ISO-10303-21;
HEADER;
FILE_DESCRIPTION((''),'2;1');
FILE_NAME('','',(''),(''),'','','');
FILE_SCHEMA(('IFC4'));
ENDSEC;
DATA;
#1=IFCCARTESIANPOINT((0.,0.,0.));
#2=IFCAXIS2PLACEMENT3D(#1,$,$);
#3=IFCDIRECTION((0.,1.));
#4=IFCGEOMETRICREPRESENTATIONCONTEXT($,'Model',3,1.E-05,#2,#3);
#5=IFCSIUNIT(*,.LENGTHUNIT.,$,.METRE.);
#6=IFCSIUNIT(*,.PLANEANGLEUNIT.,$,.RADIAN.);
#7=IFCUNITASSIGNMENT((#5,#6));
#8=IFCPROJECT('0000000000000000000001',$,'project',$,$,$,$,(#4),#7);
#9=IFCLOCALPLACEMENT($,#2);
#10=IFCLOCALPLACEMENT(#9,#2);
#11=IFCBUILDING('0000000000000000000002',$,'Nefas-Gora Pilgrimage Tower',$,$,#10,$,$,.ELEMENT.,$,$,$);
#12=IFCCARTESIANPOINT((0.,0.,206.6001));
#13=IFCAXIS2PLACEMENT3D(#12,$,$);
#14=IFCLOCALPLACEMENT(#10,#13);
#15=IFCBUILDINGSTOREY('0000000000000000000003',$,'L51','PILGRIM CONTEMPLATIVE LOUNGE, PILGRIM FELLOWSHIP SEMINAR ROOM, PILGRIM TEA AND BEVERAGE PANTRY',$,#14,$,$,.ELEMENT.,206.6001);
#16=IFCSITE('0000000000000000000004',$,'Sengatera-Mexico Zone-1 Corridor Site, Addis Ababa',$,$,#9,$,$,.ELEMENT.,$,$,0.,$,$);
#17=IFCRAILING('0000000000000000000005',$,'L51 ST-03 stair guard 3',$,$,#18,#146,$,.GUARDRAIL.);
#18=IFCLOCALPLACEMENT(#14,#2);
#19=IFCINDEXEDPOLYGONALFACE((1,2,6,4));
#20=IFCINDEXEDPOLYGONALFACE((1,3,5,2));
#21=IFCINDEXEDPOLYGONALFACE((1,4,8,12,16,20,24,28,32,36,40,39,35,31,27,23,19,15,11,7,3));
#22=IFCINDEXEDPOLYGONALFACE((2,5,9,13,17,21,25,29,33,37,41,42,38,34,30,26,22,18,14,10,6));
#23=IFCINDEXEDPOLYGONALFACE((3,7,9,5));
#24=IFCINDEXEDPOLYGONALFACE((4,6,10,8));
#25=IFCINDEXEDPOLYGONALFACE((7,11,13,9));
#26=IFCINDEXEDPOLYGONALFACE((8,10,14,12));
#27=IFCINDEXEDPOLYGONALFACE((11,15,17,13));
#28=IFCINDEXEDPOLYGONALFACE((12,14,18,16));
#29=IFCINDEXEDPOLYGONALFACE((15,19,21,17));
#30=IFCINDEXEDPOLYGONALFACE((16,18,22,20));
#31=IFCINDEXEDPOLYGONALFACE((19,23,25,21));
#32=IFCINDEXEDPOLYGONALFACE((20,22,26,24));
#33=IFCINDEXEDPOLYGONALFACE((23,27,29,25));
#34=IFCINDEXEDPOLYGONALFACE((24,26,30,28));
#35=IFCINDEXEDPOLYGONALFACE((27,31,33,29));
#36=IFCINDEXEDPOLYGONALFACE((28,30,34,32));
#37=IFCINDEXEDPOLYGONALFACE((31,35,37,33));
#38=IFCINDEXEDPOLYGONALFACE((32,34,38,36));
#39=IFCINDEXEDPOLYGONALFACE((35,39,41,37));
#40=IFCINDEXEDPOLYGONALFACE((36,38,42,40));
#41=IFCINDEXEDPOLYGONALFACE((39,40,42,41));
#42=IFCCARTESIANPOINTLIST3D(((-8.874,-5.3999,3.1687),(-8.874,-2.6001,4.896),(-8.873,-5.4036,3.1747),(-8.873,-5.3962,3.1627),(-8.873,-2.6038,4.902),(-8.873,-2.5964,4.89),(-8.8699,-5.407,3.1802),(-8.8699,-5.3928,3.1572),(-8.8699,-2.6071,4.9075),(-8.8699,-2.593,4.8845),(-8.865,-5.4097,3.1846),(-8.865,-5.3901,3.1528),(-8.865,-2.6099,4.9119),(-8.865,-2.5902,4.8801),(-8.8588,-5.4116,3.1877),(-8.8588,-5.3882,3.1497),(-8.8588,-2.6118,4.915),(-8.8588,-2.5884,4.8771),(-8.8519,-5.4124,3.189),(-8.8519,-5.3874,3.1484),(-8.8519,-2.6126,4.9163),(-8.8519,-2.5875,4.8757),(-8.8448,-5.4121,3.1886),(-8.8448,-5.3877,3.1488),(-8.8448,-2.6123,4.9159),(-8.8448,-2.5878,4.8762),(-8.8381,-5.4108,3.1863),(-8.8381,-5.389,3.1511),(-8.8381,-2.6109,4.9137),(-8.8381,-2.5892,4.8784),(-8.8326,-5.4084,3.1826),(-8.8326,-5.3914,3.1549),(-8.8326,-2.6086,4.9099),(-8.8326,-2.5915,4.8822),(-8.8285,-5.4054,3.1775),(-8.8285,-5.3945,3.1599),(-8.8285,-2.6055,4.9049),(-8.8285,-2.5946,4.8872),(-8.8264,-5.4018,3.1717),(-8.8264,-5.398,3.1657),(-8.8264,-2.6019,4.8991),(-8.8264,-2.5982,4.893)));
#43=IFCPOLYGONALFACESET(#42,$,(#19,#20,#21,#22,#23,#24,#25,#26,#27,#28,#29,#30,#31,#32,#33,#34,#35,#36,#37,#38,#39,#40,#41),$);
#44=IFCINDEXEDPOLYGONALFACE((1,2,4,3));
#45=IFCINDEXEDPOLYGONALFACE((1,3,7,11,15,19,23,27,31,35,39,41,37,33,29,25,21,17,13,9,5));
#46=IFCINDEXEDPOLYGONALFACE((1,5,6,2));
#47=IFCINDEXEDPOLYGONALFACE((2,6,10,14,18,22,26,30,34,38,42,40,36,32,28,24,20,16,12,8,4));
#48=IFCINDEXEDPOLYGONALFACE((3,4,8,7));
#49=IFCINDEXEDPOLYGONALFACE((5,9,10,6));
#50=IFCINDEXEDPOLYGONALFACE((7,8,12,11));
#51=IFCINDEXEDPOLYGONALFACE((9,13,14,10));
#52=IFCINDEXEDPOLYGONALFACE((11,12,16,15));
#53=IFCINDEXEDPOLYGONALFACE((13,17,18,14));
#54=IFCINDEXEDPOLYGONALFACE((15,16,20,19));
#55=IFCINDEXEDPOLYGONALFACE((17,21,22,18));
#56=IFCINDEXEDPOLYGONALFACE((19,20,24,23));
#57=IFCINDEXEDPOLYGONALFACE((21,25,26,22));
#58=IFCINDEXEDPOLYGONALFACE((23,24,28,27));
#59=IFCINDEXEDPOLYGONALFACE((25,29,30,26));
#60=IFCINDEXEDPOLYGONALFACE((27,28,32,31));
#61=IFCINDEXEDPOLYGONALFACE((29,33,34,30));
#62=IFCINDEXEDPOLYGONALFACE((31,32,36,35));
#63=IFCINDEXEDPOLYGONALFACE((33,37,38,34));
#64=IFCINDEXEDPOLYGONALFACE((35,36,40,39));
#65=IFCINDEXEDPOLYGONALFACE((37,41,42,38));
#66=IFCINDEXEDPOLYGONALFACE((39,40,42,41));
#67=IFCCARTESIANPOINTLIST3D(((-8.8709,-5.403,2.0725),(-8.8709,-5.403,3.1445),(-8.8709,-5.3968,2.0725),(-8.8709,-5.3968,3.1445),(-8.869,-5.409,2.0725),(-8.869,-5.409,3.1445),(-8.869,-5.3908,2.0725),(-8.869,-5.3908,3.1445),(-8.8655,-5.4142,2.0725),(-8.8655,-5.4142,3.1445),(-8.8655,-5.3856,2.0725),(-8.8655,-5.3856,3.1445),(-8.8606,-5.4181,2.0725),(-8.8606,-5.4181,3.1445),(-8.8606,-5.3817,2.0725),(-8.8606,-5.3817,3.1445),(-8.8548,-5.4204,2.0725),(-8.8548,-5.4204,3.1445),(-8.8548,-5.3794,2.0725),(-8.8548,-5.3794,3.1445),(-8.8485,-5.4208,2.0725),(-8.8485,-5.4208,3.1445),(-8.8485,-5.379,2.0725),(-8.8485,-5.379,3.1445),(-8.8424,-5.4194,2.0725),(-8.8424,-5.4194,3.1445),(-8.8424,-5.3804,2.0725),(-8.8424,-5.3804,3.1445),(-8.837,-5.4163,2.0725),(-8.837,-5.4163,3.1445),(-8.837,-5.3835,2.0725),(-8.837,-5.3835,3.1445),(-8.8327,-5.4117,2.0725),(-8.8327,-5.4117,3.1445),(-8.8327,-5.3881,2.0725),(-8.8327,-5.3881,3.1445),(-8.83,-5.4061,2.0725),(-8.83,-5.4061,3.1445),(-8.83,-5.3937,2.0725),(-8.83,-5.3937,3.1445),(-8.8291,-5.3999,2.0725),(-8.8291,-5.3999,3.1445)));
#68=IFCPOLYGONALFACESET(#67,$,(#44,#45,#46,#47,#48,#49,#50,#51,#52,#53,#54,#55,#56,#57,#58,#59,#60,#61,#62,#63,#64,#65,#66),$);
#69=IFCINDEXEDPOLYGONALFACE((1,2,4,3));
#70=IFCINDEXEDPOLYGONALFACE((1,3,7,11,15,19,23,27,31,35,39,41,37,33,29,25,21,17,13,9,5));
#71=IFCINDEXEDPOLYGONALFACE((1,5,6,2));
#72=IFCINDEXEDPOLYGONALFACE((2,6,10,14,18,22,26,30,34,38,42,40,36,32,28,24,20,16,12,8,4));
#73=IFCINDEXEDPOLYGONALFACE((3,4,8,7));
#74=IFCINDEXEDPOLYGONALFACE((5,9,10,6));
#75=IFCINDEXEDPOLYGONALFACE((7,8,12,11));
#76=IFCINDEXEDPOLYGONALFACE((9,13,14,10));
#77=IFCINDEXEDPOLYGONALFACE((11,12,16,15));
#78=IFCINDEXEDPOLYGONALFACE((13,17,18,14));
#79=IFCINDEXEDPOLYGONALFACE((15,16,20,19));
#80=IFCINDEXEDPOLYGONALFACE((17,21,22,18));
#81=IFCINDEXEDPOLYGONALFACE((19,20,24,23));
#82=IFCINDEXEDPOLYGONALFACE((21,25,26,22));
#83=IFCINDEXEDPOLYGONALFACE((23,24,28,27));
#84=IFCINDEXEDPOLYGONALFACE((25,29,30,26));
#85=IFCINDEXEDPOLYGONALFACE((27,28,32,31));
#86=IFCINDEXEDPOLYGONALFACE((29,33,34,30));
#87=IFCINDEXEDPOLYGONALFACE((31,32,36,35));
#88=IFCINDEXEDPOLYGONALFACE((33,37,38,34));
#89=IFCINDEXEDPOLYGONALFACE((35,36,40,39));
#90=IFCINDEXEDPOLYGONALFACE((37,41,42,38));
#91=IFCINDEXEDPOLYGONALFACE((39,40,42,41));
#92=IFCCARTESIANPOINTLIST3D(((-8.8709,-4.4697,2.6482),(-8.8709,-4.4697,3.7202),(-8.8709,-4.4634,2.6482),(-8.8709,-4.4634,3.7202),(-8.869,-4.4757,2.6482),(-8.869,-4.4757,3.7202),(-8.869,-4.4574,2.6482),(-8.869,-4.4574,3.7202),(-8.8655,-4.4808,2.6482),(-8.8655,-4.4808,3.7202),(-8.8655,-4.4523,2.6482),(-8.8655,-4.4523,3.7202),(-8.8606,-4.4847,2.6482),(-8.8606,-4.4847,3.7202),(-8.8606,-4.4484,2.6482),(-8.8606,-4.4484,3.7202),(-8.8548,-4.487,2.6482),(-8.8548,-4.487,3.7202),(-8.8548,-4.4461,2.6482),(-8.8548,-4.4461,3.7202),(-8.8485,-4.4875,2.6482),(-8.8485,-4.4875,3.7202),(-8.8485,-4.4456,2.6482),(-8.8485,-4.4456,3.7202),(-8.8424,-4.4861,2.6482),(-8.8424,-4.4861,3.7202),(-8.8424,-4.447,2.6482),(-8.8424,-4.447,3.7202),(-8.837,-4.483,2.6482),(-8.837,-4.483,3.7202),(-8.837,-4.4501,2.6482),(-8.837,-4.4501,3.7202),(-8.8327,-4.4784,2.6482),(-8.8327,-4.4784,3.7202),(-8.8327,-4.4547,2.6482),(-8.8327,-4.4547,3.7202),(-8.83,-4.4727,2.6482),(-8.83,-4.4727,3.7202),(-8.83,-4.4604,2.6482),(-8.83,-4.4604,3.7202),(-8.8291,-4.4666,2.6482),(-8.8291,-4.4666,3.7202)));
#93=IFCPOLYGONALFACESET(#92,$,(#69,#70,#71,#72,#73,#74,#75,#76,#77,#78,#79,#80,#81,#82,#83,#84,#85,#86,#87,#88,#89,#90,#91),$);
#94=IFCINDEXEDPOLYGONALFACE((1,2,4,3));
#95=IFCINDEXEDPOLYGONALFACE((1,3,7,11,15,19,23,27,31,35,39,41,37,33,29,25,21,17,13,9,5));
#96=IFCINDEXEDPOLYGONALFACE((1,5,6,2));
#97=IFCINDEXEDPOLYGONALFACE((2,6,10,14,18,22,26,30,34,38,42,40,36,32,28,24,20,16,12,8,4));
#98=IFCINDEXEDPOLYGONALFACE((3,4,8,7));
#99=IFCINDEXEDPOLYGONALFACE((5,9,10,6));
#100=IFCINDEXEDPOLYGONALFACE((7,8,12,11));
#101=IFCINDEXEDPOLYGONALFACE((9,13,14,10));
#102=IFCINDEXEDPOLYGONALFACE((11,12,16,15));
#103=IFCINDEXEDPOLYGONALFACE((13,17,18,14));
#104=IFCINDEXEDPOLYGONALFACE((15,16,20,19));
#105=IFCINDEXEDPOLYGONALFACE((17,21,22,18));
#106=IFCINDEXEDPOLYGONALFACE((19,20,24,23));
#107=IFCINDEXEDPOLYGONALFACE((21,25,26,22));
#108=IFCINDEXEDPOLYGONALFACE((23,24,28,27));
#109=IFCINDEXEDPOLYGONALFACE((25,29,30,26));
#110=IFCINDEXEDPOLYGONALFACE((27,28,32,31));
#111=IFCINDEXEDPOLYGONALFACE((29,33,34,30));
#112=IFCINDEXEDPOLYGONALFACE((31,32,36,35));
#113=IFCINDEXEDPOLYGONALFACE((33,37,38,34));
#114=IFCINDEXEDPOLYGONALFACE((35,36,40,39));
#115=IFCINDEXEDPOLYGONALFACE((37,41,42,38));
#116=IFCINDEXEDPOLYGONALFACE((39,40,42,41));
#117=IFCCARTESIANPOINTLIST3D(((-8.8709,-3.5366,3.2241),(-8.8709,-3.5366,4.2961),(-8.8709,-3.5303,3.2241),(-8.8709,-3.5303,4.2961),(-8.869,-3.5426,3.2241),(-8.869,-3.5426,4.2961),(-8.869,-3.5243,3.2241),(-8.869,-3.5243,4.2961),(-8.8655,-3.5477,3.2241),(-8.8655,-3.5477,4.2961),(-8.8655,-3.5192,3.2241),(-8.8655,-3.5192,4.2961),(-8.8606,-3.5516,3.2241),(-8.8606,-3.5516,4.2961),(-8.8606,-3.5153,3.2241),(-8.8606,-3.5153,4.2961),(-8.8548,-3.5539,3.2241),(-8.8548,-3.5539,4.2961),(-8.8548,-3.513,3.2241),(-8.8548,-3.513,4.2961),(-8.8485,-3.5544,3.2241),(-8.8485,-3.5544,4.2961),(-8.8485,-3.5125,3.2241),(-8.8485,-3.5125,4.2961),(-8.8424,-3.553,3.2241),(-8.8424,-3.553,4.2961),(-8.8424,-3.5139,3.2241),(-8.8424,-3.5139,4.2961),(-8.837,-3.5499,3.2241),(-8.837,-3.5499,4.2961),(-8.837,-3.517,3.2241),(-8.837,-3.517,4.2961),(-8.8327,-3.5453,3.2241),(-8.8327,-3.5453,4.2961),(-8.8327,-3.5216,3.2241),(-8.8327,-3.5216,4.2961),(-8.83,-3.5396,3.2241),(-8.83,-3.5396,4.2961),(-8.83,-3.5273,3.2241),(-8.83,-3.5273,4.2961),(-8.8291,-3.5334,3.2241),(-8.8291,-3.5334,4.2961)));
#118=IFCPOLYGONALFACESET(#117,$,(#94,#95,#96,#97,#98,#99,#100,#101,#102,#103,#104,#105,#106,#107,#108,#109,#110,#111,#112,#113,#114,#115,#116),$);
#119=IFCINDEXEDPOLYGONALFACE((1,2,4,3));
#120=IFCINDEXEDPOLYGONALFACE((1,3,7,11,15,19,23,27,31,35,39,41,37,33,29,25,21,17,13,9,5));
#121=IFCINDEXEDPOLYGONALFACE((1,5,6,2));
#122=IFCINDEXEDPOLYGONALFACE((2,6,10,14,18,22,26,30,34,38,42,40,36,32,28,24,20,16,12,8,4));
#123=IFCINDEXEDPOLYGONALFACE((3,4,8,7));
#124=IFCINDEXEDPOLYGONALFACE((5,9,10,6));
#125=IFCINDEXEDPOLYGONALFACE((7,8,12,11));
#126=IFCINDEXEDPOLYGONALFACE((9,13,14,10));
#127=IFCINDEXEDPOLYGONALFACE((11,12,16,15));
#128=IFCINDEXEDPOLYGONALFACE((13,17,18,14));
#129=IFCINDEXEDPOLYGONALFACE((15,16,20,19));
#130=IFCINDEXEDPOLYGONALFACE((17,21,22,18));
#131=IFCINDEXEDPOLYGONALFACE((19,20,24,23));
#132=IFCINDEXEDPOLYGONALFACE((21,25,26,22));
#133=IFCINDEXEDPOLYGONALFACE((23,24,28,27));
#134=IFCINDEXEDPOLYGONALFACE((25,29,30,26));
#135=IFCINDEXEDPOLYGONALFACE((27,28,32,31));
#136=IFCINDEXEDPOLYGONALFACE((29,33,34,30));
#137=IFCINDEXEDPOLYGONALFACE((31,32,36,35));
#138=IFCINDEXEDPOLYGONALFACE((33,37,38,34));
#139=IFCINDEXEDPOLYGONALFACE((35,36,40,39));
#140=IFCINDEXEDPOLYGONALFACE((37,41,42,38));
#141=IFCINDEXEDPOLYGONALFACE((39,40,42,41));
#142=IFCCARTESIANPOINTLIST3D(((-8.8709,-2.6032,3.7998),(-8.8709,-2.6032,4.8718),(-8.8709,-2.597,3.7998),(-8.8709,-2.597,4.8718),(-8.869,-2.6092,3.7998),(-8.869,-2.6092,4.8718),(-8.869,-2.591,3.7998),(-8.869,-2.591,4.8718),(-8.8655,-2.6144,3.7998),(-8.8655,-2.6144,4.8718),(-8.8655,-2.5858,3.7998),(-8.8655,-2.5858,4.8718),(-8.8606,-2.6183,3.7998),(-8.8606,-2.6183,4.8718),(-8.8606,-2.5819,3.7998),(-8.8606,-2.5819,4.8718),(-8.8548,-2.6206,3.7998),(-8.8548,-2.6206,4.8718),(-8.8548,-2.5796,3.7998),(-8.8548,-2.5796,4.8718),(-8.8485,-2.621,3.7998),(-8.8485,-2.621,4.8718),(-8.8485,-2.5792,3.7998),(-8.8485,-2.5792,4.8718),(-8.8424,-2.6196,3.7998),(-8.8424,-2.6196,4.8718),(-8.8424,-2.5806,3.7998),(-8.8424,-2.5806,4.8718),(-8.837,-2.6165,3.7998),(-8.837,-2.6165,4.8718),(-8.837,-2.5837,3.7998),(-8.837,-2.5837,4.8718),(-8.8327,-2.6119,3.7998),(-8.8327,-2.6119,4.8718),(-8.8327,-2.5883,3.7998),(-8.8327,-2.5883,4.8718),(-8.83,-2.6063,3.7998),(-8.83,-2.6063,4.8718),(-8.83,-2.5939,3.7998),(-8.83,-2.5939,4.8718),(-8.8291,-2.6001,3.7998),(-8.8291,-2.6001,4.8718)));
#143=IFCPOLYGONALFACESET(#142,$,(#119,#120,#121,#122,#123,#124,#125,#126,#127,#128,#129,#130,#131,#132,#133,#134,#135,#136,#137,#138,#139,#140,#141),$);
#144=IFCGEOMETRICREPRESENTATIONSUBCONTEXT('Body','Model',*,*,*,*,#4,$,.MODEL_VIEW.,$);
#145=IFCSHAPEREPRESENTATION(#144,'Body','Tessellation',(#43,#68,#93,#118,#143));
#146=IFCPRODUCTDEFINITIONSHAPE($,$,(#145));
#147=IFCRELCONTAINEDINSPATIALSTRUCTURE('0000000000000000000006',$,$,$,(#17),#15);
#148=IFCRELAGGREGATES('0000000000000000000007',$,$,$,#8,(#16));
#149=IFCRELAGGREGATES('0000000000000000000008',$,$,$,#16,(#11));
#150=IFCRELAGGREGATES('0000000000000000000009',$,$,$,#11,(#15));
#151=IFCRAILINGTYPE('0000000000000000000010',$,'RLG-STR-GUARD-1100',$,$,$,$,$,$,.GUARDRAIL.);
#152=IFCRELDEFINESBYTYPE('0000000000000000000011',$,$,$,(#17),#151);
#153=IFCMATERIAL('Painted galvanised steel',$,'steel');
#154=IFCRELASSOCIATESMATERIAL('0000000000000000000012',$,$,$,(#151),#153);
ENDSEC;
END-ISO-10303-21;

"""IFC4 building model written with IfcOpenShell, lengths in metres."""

from ifc_helpers import new_model, si_unit, direction, frame, origin, origin_2d, place, context, subcontext, project, spatial, circle, extrude, material, type_object, element, save


model = new_model("IFC4")

# Units and contexts
model_context = context("Model", 3, precision=1e-05, world=origin(), true_north=direction((0.0, 1.0)))
body_context = subcontext(model_context, "Body", "Model", "MODEL_VIEW")
ifc_project = project(units=[si_unit("LENGTHUNIT", "METRE"), si_unit("PLANEANGLEUNIT", "RADIAN")], contexts=[model_context])

# Site, building, storey
site_placement = place(None, origin())
site = spatial("IfcSite", under=ifc_project, at=site_placement, Name="Sengatera-Mexico Zone-1 Corridor Site, Addis Ababa", CompositionType="ELEMENT", RefElevation=0.0)
building_placement = place(site_placement, origin())
building = spatial("IfcBuilding", under=site, at=building_placement, Name="Nefas-Gora Pilgrimage Tower", CompositionType="ELEMENT")
storey_placement = place(building_placement, frame((0.0, 0.0, 206.6001)))
storey = spatial("IfcBuildingStorey", under=building, at=storey_placement, Name="L51", Description="PILGRIM CONTEMPLATIVE LOUNGE, PILGRIM FELLOWSHIP SEMINAR ROOM, PILGRIM TEA AND BEVERAGE PANTRY", CompositionType="ELEMENT", Elevation=206.6001)

# Railing
ifc_material_1 = material(Name="Painted galvanised steel", Category="steel")
railing_type_1 = type_object("IfcRailingType", Name="RLG-STR-GUARD-1100", PredefinedType="GUARDRAIL", material=ifc_material_1)
railing_1_placement = place(storey_placement, frame((-8.8501, -5.3999, 2.0725)))
element("IfcRailing", 1, at=railing_1_placement, inside=storey, type_object=railing_type_1, Name="L51 ST-03 stair guard 3", PredefinedType="GUARDRAIL", context=body_context, shape_type="SweptSolid", body=[
    extrude(circle(Radius=0.0239, at=origin_2d()), frame((0.0, 0.0, 1.0962), z_axis=(0.0, 0.851069, 0.525054), x_axis=(-1.0, 0.0, 0.0)), (0.0, 0.0, 1.0), 3.2898),
    extrude(circle(Radius=0.021, at=origin_2d()), origin(), (0.0, 0.0, 1.0), 1.072),
    extrude(circle(Radius=0.021, at=origin_2d()), frame((0.0, 0.9333, 0.5757)), (0.0, 0.0, 1.0), 1.072),
    extrude(circle(Radius=0.021, at=origin_2d()), frame((0.0, 1.8665, 1.1516)), (0.0, 0.0, 1.0), 1.072),
    extrude(circle(Radius=0.021, at=origin_2d()), frame((0.0, 2.7998, 1.7273)), (0.0, 0.0, 1.0), 1.072),
])

save(model, "model.ifc")
